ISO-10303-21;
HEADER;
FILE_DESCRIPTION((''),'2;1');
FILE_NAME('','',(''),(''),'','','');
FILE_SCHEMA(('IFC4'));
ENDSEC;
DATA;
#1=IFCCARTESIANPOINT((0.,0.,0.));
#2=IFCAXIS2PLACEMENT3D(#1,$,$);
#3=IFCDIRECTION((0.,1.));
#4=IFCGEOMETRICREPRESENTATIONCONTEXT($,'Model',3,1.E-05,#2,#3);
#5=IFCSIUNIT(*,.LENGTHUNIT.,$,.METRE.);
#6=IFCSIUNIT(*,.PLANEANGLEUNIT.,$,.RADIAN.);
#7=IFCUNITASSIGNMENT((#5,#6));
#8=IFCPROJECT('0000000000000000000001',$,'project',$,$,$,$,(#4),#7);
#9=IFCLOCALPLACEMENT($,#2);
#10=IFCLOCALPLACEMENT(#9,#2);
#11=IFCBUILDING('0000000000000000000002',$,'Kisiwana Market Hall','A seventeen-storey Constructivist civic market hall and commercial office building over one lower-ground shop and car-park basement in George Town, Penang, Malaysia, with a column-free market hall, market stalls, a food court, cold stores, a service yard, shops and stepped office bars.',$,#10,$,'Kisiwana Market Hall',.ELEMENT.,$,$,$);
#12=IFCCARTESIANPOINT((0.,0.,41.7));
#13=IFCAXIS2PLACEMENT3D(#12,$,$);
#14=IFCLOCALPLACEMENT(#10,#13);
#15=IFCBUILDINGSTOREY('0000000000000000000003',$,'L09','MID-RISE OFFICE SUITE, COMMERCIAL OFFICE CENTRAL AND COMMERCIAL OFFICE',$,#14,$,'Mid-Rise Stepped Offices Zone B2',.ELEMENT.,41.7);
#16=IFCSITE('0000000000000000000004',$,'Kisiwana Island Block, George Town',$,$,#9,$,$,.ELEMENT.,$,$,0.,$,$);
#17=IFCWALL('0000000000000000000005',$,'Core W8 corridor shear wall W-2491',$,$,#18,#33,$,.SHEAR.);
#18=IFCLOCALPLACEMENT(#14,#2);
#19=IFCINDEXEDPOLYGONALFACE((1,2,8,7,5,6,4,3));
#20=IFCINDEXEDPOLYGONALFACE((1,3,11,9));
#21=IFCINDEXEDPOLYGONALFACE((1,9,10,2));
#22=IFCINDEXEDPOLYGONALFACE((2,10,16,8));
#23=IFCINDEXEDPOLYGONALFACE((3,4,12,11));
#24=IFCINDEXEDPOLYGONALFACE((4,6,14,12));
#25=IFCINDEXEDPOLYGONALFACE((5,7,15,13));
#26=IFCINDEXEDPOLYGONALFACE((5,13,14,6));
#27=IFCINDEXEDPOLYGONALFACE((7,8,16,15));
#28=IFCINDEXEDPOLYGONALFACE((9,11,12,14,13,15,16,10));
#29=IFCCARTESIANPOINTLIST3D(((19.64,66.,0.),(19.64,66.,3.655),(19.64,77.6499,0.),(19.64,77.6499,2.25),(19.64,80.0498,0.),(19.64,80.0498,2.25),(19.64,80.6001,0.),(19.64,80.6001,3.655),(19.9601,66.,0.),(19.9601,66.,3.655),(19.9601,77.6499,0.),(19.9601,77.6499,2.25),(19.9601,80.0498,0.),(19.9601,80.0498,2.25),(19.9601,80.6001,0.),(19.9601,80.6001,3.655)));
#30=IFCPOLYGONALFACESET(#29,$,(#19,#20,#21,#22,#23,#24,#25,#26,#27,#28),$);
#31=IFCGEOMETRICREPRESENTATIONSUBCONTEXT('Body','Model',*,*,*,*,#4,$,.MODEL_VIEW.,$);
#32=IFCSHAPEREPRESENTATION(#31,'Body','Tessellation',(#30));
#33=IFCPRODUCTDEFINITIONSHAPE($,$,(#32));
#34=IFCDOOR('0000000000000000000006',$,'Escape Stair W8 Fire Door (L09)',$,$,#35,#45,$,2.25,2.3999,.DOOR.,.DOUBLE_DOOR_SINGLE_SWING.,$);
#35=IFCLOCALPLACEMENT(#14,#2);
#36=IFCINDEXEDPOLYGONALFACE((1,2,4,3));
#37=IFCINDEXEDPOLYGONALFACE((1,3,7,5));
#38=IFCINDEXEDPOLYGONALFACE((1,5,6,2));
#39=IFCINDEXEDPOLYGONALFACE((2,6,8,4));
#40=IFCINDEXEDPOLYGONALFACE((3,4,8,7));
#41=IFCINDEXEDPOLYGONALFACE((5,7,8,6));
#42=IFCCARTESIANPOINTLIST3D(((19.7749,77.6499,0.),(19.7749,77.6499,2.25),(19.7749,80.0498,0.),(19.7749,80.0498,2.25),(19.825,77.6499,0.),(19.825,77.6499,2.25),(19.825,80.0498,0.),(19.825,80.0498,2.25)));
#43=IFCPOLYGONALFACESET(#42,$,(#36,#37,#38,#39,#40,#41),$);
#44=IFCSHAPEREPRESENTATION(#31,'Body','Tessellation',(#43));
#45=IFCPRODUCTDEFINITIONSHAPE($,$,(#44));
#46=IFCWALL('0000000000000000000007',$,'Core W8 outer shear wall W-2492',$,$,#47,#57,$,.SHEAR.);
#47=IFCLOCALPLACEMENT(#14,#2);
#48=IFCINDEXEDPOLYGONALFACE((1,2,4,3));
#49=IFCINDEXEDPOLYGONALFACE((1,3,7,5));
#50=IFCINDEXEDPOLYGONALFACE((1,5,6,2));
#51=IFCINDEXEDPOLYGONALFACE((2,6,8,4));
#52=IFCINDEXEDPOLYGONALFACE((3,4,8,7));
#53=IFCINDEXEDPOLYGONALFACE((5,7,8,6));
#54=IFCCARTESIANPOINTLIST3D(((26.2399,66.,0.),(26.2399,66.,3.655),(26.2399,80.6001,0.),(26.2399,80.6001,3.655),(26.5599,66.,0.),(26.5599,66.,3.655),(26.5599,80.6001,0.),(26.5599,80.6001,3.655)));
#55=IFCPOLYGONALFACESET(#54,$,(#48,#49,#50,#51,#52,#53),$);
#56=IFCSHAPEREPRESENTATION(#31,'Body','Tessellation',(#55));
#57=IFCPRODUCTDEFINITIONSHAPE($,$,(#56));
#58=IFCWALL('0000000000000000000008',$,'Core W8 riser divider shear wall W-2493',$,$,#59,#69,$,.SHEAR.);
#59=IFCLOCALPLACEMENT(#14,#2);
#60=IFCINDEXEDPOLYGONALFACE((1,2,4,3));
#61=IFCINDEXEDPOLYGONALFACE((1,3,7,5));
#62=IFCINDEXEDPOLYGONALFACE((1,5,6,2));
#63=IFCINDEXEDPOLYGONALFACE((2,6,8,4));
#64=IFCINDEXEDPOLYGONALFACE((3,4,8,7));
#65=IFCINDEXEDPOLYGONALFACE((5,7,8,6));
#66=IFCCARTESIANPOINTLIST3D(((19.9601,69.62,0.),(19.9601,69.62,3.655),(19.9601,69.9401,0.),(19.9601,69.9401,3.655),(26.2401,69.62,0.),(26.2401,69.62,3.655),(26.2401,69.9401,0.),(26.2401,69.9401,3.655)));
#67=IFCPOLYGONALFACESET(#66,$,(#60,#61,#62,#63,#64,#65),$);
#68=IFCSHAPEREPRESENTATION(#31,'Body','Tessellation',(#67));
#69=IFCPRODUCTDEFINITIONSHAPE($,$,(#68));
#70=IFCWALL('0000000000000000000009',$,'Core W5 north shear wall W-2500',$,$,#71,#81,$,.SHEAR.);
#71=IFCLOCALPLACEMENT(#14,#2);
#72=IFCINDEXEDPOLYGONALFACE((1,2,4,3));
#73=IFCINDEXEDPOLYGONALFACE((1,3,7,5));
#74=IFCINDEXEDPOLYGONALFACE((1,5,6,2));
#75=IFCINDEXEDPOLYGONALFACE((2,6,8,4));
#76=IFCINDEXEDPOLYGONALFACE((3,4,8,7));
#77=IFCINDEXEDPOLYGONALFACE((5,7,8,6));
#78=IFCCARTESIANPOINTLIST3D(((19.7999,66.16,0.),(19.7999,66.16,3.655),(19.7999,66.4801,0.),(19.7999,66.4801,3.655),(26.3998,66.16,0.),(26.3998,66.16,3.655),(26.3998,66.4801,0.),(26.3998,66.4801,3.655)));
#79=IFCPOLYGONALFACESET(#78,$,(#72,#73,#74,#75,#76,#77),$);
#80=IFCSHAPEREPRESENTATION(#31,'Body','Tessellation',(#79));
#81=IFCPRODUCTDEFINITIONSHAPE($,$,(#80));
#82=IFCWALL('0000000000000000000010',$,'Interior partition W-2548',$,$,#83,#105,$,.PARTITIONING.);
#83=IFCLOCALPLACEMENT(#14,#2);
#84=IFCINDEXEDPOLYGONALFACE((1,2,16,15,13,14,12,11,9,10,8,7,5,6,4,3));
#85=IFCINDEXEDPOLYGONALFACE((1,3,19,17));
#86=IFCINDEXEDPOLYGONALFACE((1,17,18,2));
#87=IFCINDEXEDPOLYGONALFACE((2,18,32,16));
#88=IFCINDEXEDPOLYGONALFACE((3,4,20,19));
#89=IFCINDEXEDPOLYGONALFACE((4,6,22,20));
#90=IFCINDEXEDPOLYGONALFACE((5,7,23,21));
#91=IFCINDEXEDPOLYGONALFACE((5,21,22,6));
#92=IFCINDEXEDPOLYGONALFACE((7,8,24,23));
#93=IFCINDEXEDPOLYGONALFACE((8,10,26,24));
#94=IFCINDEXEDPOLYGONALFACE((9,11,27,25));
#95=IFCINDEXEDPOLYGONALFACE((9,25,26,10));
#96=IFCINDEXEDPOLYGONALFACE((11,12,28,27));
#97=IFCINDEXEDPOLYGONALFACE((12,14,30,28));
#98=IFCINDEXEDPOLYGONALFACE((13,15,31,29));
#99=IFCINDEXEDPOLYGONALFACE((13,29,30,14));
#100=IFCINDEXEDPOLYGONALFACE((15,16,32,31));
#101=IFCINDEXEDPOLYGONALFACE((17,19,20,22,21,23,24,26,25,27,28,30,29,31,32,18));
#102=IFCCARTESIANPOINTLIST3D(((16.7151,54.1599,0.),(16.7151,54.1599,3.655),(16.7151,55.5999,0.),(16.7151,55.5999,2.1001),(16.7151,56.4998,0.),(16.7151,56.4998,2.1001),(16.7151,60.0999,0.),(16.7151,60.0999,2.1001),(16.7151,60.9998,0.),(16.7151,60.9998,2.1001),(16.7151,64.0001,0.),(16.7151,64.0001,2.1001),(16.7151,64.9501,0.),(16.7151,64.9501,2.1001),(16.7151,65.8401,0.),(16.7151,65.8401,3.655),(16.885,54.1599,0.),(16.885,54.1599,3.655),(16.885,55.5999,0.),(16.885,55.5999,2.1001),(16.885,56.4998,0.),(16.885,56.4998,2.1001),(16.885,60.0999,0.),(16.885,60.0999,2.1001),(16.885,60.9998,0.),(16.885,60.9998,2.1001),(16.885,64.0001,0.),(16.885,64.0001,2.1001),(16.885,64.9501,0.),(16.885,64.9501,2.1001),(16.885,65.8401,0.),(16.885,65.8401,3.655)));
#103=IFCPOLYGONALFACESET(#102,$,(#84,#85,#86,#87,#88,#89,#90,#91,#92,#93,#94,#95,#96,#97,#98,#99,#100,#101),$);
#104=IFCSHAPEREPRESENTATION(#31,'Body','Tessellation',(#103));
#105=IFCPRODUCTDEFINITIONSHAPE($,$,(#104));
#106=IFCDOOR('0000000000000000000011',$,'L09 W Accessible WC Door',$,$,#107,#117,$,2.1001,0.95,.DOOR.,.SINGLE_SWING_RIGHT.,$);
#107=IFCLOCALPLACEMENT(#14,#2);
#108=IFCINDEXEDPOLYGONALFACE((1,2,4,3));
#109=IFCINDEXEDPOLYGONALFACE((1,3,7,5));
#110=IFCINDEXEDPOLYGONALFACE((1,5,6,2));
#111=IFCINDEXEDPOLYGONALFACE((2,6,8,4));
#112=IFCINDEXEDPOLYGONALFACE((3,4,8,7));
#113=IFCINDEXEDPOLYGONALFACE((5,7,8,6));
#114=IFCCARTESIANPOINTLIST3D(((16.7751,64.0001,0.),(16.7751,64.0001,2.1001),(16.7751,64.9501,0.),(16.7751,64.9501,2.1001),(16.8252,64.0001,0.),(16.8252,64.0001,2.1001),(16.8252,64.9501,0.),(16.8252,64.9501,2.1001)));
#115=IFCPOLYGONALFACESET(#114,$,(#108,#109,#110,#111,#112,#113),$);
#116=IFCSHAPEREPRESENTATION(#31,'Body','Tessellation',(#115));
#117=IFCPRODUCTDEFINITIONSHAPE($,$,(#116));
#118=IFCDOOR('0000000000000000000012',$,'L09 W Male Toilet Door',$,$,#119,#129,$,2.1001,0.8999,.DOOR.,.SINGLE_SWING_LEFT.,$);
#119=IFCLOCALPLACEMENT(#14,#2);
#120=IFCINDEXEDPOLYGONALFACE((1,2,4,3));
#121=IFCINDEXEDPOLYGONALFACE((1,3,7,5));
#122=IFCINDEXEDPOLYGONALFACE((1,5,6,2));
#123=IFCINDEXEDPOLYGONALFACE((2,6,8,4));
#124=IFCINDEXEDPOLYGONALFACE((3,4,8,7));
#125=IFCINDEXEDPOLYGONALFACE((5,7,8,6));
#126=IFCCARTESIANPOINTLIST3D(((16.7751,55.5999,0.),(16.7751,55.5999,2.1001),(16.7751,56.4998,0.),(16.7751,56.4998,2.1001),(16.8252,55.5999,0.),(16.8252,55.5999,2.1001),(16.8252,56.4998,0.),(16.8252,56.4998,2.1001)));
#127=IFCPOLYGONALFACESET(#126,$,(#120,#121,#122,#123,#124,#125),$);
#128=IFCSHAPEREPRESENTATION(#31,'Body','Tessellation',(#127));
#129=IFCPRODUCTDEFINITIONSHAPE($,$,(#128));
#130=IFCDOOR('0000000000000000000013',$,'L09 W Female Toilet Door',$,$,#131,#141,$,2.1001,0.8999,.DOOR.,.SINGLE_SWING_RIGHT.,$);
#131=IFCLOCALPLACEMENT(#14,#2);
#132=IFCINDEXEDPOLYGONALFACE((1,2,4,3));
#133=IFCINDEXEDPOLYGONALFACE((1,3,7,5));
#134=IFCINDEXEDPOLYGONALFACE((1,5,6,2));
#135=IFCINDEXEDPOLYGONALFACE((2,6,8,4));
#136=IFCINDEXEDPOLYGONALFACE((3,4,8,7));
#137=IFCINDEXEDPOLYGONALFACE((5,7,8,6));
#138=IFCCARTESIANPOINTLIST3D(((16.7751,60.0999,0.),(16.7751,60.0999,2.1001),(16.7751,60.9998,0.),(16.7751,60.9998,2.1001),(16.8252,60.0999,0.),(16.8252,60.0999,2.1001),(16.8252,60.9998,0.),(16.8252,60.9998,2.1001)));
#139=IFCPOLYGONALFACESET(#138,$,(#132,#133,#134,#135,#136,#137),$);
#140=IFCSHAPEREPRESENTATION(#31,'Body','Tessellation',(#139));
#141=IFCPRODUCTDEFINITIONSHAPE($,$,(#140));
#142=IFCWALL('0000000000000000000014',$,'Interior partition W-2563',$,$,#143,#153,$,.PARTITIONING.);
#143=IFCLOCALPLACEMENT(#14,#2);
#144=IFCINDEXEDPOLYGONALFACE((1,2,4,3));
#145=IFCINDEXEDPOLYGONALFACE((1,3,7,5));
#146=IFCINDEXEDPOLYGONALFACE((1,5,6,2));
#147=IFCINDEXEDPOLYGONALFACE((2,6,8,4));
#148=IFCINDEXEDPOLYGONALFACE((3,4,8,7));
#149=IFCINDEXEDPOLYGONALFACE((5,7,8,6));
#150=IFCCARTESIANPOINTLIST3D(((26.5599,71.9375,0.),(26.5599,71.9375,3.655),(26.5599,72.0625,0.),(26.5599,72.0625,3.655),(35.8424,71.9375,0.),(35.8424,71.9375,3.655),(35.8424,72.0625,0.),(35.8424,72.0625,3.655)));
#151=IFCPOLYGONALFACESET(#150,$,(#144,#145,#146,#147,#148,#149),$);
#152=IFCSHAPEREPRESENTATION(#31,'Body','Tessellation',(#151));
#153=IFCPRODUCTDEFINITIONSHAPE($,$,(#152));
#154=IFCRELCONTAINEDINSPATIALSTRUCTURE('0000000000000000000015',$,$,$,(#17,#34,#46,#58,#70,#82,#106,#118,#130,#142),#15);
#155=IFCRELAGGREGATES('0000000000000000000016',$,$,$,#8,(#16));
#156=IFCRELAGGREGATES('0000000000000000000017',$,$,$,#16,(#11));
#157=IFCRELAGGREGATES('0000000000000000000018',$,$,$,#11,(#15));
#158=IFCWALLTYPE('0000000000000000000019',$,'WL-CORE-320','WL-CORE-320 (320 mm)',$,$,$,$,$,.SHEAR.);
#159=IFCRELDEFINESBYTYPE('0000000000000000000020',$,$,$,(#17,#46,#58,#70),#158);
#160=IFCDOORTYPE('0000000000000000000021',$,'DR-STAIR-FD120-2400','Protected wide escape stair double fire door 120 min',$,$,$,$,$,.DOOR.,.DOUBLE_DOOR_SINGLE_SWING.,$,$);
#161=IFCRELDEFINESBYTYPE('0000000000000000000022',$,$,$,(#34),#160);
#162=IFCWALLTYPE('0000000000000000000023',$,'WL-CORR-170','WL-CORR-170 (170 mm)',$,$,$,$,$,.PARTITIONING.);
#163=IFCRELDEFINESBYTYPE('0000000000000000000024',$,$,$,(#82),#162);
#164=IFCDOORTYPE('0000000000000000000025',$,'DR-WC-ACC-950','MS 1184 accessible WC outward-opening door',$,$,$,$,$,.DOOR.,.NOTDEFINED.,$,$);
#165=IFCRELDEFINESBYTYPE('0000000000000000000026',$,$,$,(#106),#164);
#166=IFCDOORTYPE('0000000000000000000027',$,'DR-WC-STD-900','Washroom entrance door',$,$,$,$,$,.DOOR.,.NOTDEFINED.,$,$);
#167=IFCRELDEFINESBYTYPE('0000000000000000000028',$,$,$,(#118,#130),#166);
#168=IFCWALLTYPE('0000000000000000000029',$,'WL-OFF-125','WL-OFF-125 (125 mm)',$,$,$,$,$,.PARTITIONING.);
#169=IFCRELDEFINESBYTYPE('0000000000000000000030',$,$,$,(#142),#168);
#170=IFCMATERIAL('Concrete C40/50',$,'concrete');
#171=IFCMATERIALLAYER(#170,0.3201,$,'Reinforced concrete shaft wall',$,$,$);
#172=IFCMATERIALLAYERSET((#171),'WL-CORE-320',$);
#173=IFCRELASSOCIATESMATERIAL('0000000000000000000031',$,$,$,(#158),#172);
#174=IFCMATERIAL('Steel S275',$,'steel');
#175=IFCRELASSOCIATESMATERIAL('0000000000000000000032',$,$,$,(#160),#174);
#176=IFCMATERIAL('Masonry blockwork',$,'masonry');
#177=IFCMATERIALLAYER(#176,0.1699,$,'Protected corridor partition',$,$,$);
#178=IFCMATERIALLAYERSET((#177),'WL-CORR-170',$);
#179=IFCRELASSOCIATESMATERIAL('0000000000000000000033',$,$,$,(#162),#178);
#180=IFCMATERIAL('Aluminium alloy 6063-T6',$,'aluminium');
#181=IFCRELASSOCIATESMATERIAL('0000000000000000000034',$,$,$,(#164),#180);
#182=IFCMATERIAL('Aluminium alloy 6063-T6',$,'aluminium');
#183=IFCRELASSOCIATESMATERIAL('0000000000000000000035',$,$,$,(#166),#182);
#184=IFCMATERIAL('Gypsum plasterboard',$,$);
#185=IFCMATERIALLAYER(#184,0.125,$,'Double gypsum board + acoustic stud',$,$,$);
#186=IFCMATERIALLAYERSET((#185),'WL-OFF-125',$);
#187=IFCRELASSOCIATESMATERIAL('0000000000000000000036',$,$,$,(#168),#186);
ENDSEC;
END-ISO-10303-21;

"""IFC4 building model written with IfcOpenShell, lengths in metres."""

from ifc_helpers import new_model, si_unit, direction, frame, frame_2d, origin, place, context, subcontext, project, spatial, rectangle, extrude, material, layer, layer_set, type_object, element, fill, save


model = new_model("IFC4")

# Units and contexts
model_context = context("Model", 3, precision=1e-05, world=origin(), true_north=direction((0.0, 1.0)))
body_context = subcontext(model_context, "Body", "Model", "MODEL_VIEW")
ifc_project = project(units=[si_unit("LENGTHUNIT", "METRE"), si_unit("PLANEANGLEUNIT", "RADIAN")], contexts=[model_context])

# Site, building, storey
site_placement = place(None, origin())
site = spatial("IfcSite", under=ifc_project, at=site_placement, Name="Kisiwana Island Block, George Town", CompositionType="ELEMENT", RefElevation=0.0)
building_placement = place(site_placement, origin())
building = spatial("IfcBuilding", under=site, at=building_placement, Name="Kisiwana Market Hall", Description="A seventeen-storey Constructivist civic market hall and commercial office building over one lower-ground shop and car-park basement in George Town, Penang, Malaysia, with a column-free market hall, market stalls, a food court, cold stores, a service yard, shops and stepped office bars.", LongName="Kisiwana Market Hall", CompositionType="ELEMENT")
storey_placement = place(building_placement, frame((0.0, 0.0, 41.7)))
storey = spatial("IfcBuildingStorey", under=building, at=storey_placement, Name="L09", Description="MID-RISE OFFICE SUITE, COMMERCIAL OFFICE CENTRAL AND COMMERCIAL OFFICE", LongName="Mid-Rise Stepped Offices Zone B2", CompositionType="ELEMENT", Elevation=41.7)

# Shared definitions
ifc_material_1 = material(Name="Concrete C40/50", Category="concrete")
ifc_layer_1 = layer(ifc_material_1, 0.3201, Name="Reinforced concrete shaft wall")
ifc_layer_set_1 = layer_set([ifc_layer_1], Name="WL-CORE-320")
wall_type_1 = type_object("IfcWallType", Name="WL-CORE-320", Description="WL-CORE-320 (320 mm)", PredefinedType="SHEAR", material=ifc_layer_set_1)
ifc_material_2 = material(Name="Steel S275", Category="steel")
door_type_1 = type_object("IfcDoorType", Name="DR-STAIR-FD120-2400", Description="Protected wide escape stair double fire door 120 min", OperationType="DOUBLE_DOOR_SINGLE_SWING", PredefinedType="DOOR", material=ifc_material_2)

# Wall, opening, door
wall_1_placement = place(storey_placement, frame((19.8, 66.0, 0.0), z_axis=(0.0, 0.0, 1.0), x_axis=(0.0, 1.0, 0.0)))
wall_1 = element("IfcWall", 1, at=wall_1_placement, inside=storey, type_object=wall_type_1, Name="Core W8 corridor shear wall W-2491", PredefinedType="SHEAR", context=body_context, shape_type="SweptSolid", body=[
    extrude(rectangle(XDim=14.6001, YDim=0.3201, at=frame_2d((7.3, 0.0))), origin(), (0.0, 0.0, 1.0), 3.655),
])
opening_1_placement = place(wall_1_placement, frame((11.6499, 0.0, 0.0)))
opening_1 = element("IfcOpeningElement", 2, at=opening_1_placement, cuts=wall_1, PredefinedType="OPENING", context=body_context, shape_type="SweptSolid", body=[
    extrude(rectangle(XDim=2.3999, YDim=2.25, at=frame_2d((1.2, 1.125))), frame((0.0, 0.1719, 0.0), z_axis=(0.0, -1.0, 0.0), x_axis=(1.0, 0.0, 0.0)), (0.0, 0.0, 1.0), 0.344),
])
door_1_placement = place(opening_1_placement, frame((2.3999, 0.0, 0.0), z_axis=(0.0, 0.0, 1.0), x_axis=(-1.0, 0.0, 0.0)))
door_1 = element("IfcDoor", 3, at=door_1_placement, inside=storey, type_object=door_type_1, Name="Escape Stair W8 Fire Door (L09)", OperationType="DOUBLE_DOOR_SINGLE_SWING", OverallHeight=2.25, OverallWidth=2.3999, PredefinedType="DOOR", context=body_context, shape_type="SweptSolid", body=[
    extrude(rectangle(XDim=2.3999, YDim=2.25, at=frame_2d((1.2, 1.125))), frame((0.0, 0.0249, 0.0), z_axis=(0.0, -1.0, 0.0), x_axis=(1.0, 0.0, 0.0)), (0.0, 0.0, 1.0), 0.05),
])
fill(opening_1, door_1)

# Walls
wall_2_placement = place(storey_placement, frame((26.3999, 66.0, 0.0), z_axis=(0.0, 0.0, 1.0), x_axis=(0.0, 1.0, 0.0)))
element("IfcWall", 4, at=wall_2_placement, inside=storey, type_object=wall_type_1, Name="Core W8 outer shear wall W-2492", PredefinedType="SHEAR", context=body_context, shape_type="SweptSolid", body=[
    extrude(rectangle(XDim=14.6001, YDim=0.3201, at=frame_2d((7.3, 0.0))), origin(), (0.0, 0.0, 1.0), 3.655),
])
wall_3_placement = place(storey_placement, frame((19.96, 69.78, 0.0), z_axis=(0.0, 0.0, 1.0), x_axis=(1.0, 0.0, 0.0)))
element("IfcWall", 5, at=wall_3_placement, inside=storey, type_object=wall_type_1, Name="Core W8 riser divider shear wall W-2493", PredefinedType="SHEAR", context=body_context, shape_type="SweptSolid", body=[
    extrude(rectangle(XDim=6.28, YDim=0.3201, at=frame_2d((3.1401, 0.0))), origin(), (0.0, 0.0, 1.0), 3.655),
])
wall_4_placement = place(storey_placement, frame((19.8, 66.3201, 0.0), z_axis=(0.0, 0.0, 1.0), x_axis=(1.0, 0.0, 0.0)))
element("IfcWall", 6, at=wall_4_placement, inside=storey, type_object=wall_type_1, Name="Core W5 north shear wall W-2500", PredefinedType="SHEAR", context=body_context, shape_type="SweptSolid", body=[
    extrude(rectangle(XDim=6.5999, YDim=0.3201, at=frame_2d((3.2998, 0.0))), origin(), (0.0, 0.0, 1.0), 3.655),
])

# Wall, openings, doors
ifc_material_3 = material(Name="Masonry blockwork", Category="masonry")
ifc_layer_2 = layer(ifc_material_3, 0.1699, Name="Protected corridor partition")
ifc_layer_set_2 = layer_set([ifc_layer_2], Name="WL-CORR-170")
wall_type_2 = type_object("IfcWallType", Name="WL-CORR-170", Description="WL-CORR-170 (170 mm)", PredefinedType="PARTITIONING", material=ifc_layer_set_2)
wall_5_placement = place(storey_placement, frame((16.8, 54.1599, 0.0), z_axis=(0.0, 0.0, 1.0), x_axis=(0.0, 1.0, 0.0)))
wall_5 = element("IfcWall", 7, at=wall_5_placement, inside=storey, type_object=wall_type_2, Name="Interior partition W-2548", PredefinedType="PARTITIONING", context=body_context, shape_type="SweptSolid", body=[
    extrude(rectangle(XDim=11.6802, YDim=0.1699, at=frame_2d((5.8401, 0.0))), origin(), (0.0, 0.0, 1.0), 3.655),
])
opening_2_placement = place(wall_5_placement, frame((1.4399, 0.0, 0.0)))
opening_2 = element("IfcOpeningElement", 8, at=opening_2_placement, cuts=wall_5, PredefinedType="OPENING", context=body_context, shape_type="SweptSolid", body=[
    extrude(rectangle(XDim=0.8999, YDim=2.1001, at=frame_2d((0.45, 1.05))), frame((0.0, 0.0969, 0.0), z_axis=(0.0, -1.0, 0.0), x_axis=(1.0, 0.0, 0.0)), (0.0, 0.0, 1.0), 0.1938),
])
opening_3_placement = place(wall_5_placement, frame((5.9399, 0.0, 0.0)))
opening_3 = element("IfcOpeningElement", 9, at=opening_3_placement, cuts=wall_5, PredefinedType="OPENING", context=body_context, shape_type="SweptSolid", body=[
    extrude(rectangle(XDim=0.8999, YDim=2.1001, at=frame_2d((0.45, 1.05))), frame((0.0, 0.0969, 0.0), z_axis=(0.0, -1.0, 0.0), x_axis=(1.0, 0.0, 0.0)), (0.0, 0.0, 1.0), 0.1938),
])
opening_4_placement = place(wall_5_placement, frame((9.8401, 0.0, 0.0)))
opening_4 = element("IfcOpeningElement", 10, at=opening_4_placement, cuts=wall_5, PredefinedType="OPENING", context=body_context, shape_type="SweptSolid", body=[
    extrude(rectangle(XDim=0.95, YDim=2.1001, at=frame_2d((0.4751, 1.05))), frame((0.0, 0.0969, 0.0), z_axis=(0.0, -1.0, 0.0), x_axis=(1.0, 0.0, 0.0)), (0.0, 0.0, 1.0), 0.1938),
])
ifc_material_4 = material(Name="Aluminium alloy 6063-T6", Category="aluminium")
door_type_2 = type_object("IfcDoorType", Name="DR-WC-ACC-950", Description="MS 1184 accessible WC outward-opening door", OperationType="NOTDEFINED", PredefinedType="DOOR", material=ifc_material_4)
door_2_placement = place(opening_4_placement, origin())
door_2 = element("IfcDoor", 11, at=door_2_placement, inside=storey, type_object=door_type_2, Name="L09 W Accessible WC Door", OperationType="SINGLE_SWING_RIGHT", OverallHeight=2.1001, OverallWidth=0.95, PredefinedType="DOOR", context=body_context, shape_type="SweptSolid", body=[
    extrude(rectangle(XDim=0.95, YDim=2.1001, at=frame_2d((0.4751, 1.05))), frame((0.0, 0.0249, 0.0), z_axis=(0.0, -1.0, 0.0), x_axis=(1.0, 0.0, 0.0)), (0.0, 0.0, 1.0), 0.05),
])
fill(opening_4, door_2)
ifc_material_5 = material(Name="Aluminium alloy 6063-T6", Category="aluminium")
door_type_3 = type_object("IfcDoorType", Name="DR-WC-STD-900", Description="Washroom entrance door", OperationType="NOTDEFINED", PredefinedType="DOOR", material=ifc_material_5)
door_3_placement = place(opening_2_placement, origin())
door_3 = element("IfcDoor", 12, at=door_3_placement, inside=storey, type_object=door_type_3, Name="L09 W Male Toilet Door", OperationType="SINGLE_SWING_LEFT", OverallHeight=2.1001, OverallWidth=0.8999, PredefinedType="DOOR", context=body_context, shape_type="SweptSolid", body=[
    extrude(rectangle(XDim=0.8999, YDim=2.1001, at=frame_2d((0.45, 1.05))), frame((0.0, 0.0249, 0.0), z_axis=(0.0, -1.0, 0.0), x_axis=(1.0, 0.0, 0.0)), (0.0, 0.0, 1.0), 0.05),
])
fill(opening_2, door_3)
door_4_placement = place(opening_3_placement, origin())
door_4 = element("IfcDoor", 13, at=door_4_placement, inside=storey, type_object=door_type_3, Name="L09 W Female Toilet Door", OperationType="SINGLE_SWING_RIGHT", OverallHeight=2.1001, OverallWidth=0.8999, PredefinedType="DOOR", context=body_context, shape_type="SweptSolid", body=[
    extrude(rectangle(XDim=0.8999, YDim=2.1001, at=frame_2d((0.45, 1.05))), frame((0.0, 0.0249, 0.0), z_axis=(0.0, -1.0, 0.0), x_axis=(1.0, 0.0, 0.0)), (0.0, 0.0, 1.0), 0.05),
])
fill(opening_3, door_4)

# Wall
ifc_material_6 = material(Name="Gypsum plasterboard")
ifc_layer_3 = layer(ifc_material_6, 0.125, Name="Double gypsum board + acoustic stud")
ifc_layer_set_3 = layer_set([ifc_layer_3], Name="WL-OFF-125")
wall_type_3 = type_object("IfcWallType", Name="WL-OFF-125", Description="WL-OFF-125 (125 mm)", PredefinedType="PARTITIONING", material=ifc_layer_set_3)
wall_6_placement = place(storey_placement, frame((26.5601, 72.0, 0.0), z_axis=(0.0, 0.0, 1.0), x_axis=(1.0, 0.0, 0.0)))
element("IfcWall", 14, at=wall_6_placement, inside=storey, type_object=wall_type_3, Name="Interior partition W-2563", PredefinedType="PARTITIONING", context=body_context, shape_type="SweptSolid", body=[
    extrude(rectangle(XDim=9.2825, YDim=0.125, at=frame_2d((4.6411, 0.0))), origin(), (0.0, 0.0, 1.0), 3.655),
])

save(model, "model.ifc")
